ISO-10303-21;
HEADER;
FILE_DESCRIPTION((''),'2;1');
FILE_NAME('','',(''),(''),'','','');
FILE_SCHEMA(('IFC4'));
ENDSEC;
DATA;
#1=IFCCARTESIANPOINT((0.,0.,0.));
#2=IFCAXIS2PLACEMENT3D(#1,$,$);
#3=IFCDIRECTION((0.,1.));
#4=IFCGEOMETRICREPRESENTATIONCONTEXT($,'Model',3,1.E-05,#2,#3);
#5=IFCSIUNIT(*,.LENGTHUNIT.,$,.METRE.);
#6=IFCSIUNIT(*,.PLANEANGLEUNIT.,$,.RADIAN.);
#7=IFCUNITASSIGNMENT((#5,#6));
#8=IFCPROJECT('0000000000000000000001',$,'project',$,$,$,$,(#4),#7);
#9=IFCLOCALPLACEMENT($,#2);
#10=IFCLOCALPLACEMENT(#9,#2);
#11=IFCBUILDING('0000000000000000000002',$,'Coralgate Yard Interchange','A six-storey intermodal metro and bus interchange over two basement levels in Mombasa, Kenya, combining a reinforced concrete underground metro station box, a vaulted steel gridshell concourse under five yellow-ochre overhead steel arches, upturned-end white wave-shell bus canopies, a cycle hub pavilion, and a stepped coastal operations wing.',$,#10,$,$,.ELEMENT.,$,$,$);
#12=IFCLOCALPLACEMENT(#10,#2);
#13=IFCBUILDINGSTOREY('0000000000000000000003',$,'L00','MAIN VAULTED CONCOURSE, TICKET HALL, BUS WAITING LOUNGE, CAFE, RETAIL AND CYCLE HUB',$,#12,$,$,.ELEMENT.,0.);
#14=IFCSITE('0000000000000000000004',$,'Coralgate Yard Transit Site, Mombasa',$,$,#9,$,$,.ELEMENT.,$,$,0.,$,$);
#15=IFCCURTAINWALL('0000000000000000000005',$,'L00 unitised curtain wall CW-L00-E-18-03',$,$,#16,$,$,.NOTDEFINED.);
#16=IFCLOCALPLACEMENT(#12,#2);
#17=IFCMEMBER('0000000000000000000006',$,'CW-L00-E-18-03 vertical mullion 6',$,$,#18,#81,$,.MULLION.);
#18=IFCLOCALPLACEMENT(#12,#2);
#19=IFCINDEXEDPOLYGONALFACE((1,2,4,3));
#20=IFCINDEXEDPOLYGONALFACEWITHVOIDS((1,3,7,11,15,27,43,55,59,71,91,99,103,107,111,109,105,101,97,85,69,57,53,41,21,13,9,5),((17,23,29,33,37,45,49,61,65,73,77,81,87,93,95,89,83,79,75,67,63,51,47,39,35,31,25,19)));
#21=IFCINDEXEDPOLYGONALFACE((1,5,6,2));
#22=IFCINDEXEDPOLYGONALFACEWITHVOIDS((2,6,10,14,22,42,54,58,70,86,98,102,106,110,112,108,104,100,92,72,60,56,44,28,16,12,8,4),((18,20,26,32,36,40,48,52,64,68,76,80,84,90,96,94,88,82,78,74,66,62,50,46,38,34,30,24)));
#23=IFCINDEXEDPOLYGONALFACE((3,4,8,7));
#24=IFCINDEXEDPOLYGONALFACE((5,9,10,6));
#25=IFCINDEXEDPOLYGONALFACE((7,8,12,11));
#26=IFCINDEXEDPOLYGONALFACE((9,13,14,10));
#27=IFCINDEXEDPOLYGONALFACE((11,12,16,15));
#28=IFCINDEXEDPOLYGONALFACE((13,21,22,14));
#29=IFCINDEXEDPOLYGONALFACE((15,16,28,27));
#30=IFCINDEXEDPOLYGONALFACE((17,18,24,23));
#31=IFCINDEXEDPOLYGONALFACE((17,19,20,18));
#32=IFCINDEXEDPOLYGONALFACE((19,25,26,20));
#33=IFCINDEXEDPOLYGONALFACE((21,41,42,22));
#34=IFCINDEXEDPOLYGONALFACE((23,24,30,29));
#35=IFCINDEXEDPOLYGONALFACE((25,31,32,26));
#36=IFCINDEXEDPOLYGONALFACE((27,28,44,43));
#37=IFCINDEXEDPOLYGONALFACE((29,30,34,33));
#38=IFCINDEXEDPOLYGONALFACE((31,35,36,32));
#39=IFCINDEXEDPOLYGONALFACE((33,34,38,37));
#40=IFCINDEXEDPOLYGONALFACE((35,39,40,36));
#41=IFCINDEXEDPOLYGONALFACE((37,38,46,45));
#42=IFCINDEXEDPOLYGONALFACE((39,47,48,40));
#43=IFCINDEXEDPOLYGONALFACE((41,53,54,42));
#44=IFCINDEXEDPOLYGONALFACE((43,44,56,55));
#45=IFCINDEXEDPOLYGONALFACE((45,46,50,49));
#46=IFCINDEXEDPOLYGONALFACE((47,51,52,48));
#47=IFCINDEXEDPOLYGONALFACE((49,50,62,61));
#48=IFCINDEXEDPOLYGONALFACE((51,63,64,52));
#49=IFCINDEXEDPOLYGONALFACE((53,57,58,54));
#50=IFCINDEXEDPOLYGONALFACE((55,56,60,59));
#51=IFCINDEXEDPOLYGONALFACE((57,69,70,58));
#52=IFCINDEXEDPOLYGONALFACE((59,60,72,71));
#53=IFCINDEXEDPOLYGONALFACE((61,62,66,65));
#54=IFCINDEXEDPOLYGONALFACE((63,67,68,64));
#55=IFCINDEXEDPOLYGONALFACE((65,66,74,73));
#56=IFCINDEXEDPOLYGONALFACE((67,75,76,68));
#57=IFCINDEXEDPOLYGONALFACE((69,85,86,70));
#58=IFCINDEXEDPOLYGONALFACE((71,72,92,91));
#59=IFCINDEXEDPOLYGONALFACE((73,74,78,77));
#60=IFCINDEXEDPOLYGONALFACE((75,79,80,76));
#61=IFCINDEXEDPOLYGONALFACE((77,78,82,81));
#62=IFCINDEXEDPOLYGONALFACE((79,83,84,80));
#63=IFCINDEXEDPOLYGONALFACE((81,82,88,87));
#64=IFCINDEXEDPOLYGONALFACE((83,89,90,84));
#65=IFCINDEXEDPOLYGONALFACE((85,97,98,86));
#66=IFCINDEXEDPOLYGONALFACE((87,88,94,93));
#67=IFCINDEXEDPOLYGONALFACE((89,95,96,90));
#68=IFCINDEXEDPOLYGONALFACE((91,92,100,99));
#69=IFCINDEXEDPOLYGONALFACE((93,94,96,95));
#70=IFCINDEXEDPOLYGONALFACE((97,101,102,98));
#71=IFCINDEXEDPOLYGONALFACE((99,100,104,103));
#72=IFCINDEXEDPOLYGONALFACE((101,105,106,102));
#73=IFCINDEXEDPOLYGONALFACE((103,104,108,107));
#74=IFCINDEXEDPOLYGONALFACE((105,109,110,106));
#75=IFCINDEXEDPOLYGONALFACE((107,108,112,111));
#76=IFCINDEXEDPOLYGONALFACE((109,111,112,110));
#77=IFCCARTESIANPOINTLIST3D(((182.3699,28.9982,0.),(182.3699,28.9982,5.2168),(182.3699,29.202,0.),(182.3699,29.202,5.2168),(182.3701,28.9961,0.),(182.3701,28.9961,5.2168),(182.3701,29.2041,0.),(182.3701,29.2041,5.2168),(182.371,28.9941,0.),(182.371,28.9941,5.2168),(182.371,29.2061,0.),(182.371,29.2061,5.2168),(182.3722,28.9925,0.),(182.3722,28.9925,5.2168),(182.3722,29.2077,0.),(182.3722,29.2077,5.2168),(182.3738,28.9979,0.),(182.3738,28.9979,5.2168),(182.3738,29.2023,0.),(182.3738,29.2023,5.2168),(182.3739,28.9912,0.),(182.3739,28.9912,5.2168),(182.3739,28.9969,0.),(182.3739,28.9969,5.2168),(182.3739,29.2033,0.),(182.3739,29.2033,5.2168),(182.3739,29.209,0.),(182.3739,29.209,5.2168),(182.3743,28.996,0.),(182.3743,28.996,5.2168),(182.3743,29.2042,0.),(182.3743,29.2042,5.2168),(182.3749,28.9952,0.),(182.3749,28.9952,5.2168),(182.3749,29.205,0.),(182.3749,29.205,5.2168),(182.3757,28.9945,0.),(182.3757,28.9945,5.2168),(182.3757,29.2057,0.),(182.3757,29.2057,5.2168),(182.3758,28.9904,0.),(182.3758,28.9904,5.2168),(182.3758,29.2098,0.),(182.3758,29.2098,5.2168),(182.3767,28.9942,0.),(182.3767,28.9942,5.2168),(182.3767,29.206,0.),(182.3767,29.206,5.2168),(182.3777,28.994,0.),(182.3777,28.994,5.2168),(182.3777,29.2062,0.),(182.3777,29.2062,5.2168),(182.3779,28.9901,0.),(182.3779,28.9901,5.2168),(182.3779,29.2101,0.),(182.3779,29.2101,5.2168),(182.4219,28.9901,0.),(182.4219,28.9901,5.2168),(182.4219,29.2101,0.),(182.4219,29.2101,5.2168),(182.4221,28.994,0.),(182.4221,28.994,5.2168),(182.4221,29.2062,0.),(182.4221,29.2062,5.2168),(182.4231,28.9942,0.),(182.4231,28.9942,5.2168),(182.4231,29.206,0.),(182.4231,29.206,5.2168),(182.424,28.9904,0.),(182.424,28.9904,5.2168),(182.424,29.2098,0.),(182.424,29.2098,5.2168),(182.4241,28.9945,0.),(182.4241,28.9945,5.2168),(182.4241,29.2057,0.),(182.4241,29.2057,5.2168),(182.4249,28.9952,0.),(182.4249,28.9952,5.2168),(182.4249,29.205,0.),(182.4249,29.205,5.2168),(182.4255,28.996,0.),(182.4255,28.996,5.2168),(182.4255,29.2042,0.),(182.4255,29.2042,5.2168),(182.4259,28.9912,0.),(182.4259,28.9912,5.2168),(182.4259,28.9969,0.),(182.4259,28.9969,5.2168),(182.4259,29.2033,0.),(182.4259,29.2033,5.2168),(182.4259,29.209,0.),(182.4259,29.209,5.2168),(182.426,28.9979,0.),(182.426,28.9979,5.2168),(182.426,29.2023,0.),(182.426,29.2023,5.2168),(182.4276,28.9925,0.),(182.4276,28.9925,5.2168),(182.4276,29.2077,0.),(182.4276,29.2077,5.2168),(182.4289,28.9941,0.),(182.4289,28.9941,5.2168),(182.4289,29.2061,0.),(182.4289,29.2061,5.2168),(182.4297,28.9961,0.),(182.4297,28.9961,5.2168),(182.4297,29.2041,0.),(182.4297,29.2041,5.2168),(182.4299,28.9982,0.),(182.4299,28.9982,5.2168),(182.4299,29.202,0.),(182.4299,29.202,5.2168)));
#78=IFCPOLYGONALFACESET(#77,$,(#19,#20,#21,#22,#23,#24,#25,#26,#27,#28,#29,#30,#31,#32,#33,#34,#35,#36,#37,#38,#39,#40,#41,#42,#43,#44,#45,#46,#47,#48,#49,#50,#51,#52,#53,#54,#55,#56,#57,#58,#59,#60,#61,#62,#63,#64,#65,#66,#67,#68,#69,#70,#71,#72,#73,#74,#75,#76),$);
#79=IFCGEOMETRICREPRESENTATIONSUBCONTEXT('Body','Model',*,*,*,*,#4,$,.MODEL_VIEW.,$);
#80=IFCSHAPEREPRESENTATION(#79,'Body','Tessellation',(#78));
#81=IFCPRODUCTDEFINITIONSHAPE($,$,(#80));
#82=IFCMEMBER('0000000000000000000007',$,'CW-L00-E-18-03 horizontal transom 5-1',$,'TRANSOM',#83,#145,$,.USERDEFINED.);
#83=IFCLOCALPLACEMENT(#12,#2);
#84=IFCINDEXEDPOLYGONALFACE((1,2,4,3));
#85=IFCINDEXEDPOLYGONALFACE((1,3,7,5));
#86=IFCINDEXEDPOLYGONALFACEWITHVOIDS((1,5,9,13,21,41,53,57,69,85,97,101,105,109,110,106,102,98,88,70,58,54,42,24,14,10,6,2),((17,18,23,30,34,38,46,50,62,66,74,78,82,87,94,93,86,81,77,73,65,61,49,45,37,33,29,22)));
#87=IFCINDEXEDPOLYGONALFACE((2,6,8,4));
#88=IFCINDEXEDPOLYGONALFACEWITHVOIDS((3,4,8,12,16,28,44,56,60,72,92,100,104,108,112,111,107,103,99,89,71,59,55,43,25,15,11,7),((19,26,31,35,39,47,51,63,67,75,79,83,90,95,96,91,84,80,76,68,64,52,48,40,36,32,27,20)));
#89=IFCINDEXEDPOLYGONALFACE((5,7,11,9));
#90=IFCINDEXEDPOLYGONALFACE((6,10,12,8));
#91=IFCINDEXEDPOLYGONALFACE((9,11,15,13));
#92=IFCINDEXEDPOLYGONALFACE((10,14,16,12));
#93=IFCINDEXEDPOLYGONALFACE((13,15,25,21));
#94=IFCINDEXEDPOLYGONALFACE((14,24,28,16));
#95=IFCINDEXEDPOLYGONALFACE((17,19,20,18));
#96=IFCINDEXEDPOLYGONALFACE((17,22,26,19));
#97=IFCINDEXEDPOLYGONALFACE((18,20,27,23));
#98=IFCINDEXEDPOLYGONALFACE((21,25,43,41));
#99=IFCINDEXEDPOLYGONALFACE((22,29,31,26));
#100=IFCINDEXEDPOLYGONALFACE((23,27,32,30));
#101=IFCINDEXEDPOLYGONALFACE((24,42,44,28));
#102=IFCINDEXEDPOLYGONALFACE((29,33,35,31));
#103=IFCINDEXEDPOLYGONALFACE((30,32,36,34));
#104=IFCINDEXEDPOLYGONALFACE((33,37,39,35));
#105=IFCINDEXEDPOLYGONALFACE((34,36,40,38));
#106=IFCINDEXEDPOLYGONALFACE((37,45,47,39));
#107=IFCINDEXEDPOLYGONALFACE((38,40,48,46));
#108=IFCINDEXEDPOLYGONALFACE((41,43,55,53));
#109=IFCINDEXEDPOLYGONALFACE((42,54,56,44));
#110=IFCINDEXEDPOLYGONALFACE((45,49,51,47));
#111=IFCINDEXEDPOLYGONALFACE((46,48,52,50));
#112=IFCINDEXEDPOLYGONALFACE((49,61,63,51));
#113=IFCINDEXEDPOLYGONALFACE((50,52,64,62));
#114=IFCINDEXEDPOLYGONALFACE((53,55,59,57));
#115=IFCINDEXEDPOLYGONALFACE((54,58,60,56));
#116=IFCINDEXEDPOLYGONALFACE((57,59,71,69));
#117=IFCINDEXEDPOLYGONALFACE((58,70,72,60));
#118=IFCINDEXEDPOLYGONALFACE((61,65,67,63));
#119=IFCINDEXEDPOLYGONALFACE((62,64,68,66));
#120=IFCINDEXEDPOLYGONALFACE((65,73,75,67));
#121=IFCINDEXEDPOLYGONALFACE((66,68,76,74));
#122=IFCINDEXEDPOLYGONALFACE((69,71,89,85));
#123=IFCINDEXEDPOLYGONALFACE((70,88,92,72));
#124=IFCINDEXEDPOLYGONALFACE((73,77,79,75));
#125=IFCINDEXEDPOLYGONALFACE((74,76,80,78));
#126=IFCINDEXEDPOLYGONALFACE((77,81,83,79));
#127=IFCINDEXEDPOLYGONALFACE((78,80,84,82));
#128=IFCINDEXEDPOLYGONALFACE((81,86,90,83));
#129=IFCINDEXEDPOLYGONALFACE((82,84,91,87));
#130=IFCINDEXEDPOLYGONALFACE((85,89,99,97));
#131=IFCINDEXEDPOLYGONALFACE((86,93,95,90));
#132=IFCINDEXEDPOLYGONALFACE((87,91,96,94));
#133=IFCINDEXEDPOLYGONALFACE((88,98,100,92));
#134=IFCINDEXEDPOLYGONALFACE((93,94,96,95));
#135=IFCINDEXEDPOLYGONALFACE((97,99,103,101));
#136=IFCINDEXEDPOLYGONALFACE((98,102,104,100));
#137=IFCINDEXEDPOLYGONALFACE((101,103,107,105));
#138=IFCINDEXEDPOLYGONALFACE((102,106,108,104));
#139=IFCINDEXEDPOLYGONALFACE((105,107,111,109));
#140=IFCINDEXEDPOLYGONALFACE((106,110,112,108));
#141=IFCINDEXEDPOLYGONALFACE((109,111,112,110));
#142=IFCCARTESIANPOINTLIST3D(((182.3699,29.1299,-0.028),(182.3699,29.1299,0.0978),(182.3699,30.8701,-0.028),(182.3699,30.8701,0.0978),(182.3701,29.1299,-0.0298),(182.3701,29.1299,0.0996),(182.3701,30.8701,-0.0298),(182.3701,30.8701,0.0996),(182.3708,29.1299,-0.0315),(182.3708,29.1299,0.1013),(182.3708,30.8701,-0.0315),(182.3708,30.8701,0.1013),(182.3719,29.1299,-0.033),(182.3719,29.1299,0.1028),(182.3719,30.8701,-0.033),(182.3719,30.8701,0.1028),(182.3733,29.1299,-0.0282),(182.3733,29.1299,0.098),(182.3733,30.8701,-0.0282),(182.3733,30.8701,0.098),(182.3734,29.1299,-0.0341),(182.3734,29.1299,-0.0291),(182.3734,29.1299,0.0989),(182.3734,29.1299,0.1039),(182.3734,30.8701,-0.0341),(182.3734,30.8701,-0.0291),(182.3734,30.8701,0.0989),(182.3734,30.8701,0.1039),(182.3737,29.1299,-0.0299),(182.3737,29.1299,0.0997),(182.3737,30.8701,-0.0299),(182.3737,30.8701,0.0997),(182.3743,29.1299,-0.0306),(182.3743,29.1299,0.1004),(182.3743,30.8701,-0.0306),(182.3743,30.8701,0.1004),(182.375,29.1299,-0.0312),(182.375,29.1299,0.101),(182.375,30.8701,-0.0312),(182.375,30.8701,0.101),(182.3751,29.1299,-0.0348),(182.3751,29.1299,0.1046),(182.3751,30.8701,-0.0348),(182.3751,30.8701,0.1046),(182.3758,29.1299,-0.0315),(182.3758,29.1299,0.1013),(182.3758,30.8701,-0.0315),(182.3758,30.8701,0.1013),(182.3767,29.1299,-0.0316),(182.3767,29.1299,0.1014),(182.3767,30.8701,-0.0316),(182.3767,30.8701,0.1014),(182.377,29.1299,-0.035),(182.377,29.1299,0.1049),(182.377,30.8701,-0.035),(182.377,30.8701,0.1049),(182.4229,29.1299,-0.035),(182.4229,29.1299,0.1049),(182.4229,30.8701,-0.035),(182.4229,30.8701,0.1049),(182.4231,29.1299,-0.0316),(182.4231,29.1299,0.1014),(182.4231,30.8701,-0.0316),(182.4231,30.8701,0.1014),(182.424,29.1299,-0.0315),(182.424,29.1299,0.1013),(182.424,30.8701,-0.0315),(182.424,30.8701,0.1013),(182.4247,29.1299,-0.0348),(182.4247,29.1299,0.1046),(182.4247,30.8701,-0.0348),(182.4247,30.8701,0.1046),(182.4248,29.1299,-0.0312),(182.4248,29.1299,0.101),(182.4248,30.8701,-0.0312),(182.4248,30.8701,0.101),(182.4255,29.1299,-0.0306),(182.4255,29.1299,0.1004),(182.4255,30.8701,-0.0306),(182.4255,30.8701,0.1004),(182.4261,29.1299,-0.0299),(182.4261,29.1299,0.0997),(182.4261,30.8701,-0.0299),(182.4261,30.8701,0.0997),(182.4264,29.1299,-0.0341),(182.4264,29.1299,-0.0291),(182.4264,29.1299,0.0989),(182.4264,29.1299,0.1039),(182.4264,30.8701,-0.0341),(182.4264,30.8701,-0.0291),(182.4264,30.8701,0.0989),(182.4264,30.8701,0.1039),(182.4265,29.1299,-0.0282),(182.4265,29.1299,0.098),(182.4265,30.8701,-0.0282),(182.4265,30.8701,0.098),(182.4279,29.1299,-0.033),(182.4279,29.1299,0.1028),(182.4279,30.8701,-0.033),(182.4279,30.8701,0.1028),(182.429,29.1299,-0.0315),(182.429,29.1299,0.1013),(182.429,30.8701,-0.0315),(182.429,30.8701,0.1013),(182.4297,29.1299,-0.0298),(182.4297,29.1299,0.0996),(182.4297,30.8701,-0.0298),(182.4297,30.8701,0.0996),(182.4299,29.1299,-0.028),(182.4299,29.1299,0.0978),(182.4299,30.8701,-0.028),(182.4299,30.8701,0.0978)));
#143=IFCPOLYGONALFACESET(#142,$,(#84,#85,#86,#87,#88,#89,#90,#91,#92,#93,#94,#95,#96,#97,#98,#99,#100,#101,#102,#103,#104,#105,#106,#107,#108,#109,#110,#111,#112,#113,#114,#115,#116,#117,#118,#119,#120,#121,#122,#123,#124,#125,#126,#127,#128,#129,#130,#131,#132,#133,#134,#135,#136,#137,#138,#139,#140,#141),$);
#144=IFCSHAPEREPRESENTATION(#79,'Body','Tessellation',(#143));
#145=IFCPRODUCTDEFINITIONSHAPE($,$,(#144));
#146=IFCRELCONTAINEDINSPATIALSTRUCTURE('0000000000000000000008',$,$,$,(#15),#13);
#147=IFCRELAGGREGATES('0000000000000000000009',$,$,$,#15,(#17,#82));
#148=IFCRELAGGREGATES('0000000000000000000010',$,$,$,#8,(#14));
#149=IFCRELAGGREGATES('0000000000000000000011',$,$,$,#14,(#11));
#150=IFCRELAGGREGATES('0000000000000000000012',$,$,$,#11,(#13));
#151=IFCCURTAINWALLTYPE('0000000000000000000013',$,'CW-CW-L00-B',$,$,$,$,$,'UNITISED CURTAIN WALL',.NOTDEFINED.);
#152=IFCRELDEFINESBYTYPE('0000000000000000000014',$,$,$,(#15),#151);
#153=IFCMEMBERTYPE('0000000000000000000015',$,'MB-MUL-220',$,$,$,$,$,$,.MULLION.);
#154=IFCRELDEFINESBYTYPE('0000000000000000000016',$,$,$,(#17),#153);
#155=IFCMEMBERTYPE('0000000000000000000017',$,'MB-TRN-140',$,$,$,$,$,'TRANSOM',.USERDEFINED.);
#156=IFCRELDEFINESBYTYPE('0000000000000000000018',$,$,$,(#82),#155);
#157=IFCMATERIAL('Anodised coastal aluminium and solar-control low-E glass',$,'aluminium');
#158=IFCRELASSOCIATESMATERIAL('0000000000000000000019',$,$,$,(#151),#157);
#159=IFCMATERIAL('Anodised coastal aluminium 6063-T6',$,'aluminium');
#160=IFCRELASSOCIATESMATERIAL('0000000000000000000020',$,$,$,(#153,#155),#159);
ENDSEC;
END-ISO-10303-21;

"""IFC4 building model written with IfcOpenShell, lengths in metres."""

from ifc_helpers import new_model, si_unit, direction, frame, origin, origin_2d, place, context, subcontext, project, spatial, hollow_rectangle, extrude, material, material_profile, profile_set, type_object, element, aggregate, save


model = new_model("IFC4")

# Units and contexts
model_context = context("Model", 3, precision=1e-05, world=origin(), true_north=direction((0.0, 1.0)))
body_context = subcontext(model_context, "Body", "Model", "MODEL_VIEW")
ifc_project = project(units=[si_unit("LENGTHUNIT", "METRE"), si_unit("PLANEANGLEUNIT", "RADIAN")], contexts=[model_context])

# Site, building, storey
site_placement = place(None, origin())
site = spatial("IfcSite", under=ifc_project, at=site_placement, Name="Coralgate Yard Transit Site, Mombasa", CompositionType="ELEMENT", RefElevation=0.0)
building_placement = place(site_placement, origin())
building = spatial("IfcBuilding", under=site, at=building_placement, Name="Coralgate Yard Interchange", Description="A six-storey intermodal metro and bus interchange over two basement levels in Mombasa, Kenya, combining a reinforced concrete underground metro station box, a vaulted steel gridshell concourse under five yellow-ochre overhead steel arches, upturned-end white wave-shell bus canopies, a cycle hub pavilion, and a stepped coastal operations wing.", CompositionType="ELEMENT")
storey_placement = place(building_placement, origin())
storey = spatial("IfcBuildingStorey", under=building, at=storey_placement, Name="L00", Description="MAIN VAULTED CONCOURSE, TICKET HALL, BUS WAITING LOUNGE, CAFE, RETAIL AND CYCLE HUB", CompositionType="ELEMENT", Elevation=0.0)

# Curtain wall, members
ifc_material_1 = material(Name="Anodised coastal aluminium and solar-control low-E glass", Category="aluminium")
curtain_wall_type = type_object("IfcCurtainWallType", Name="CW-CW-L00-B", ElementType="UNITISED CURTAIN WALL", PredefinedType="NOTDEFINED", material=ifc_material_1)
curtain_wall_placement = place(storey_placement, origin())
curtain_wall = element("IfcCurtainWall", 1, at=curtain_wall_placement, inside=storey, type_object=curtain_wall_type, Name="L00 unitised curtain wall CW-L00-E-18-03", PredefinedType="NOTDEFINED")
ifc_material_2 = material(Name="Anodised coastal aluminium 6063-T6", Category="aluminium")
ifc_material_profile_1 = material_profile(ifc_material_2, hollow_rectangle(XDim=0.0601, YDim=0.22, WallThickness=0.0039, InnerFilletRadius=0.0039, OuterFilletRadius=0.0081, at=origin_2d()), Name="ALU 60x220x4")
ifc_profile_set_1 = profile_set([ifc_material_profile_1], Name="Anodised coastal aluminium 6063-T6")
member_type_1 = type_object("IfcMemberType", Name="MB-MUL-220", PredefinedType="MULLION", material=ifc_profile_set_1)
member_1_placement = place(storey_placement, frame((182.3999, 29.1001, 0.0), z_axis=(0.0, 0.0, 1.0), x_axis=(1.0, 0.0, 0.0)))
member_1 = element("IfcMember", 2, at=member_1_placement, type_object=member_type_1, Name="CW-L00-E-18-03 vertical mullion 6", PredefinedType="MULLION", context=body_context, shape_type="SweptSolid", body=[
    extrude(hollow_rectangle(XDim=0.0601, YDim=0.22, WallThickness=0.0039, InnerFilletRadius=0.0039, OuterFilletRadius=0.0081, at=origin_2d()), origin(), (0.0, 0.0, 1.0), 5.2168),
])
ifc_material_profile_2 = material_profile(ifc_material_2, hollow_rectangle(XDim=0.0601, YDim=0.1399, WallThickness=0.0034, InnerFilletRadius=0.0034, OuterFilletRadius=0.0071, at=origin_2d()), Name="ALU 60x140x3.5")
ifc_profile_set_2 = profile_set([ifc_material_profile_2], Name="Anodised coastal aluminium 6063-T6")
member_type_2 = type_object("IfcMemberType", Name="MB-TRN-140", ElementType="TRANSOM", PredefinedType="USERDEFINED", material=ifc_profile_set_2)
member_2_placement = place(storey_placement, frame((182.3999, 30.8701, 0.0349), z_axis=(0.0, -1.0, 0.0), x_axis=(1.0, 0.0, 0.0)))
member_2 = element("IfcMember", 3, at=member_2_placement, type_object=member_type_2, Name="CW-L00-E-18-03 horizontal transom 5-1", ObjectType="TRANSOM", PredefinedType="USERDEFINED", context=body_context, shape_type="SweptSolid", body=[
    extrude(hollow_rectangle(XDim=0.0601, YDim=0.1399, WallThickness=0.0034, InnerFilletRadius=0.0034, OuterFilletRadius=0.0071, at=origin_2d()), origin(), (0.0, 0.0, 1.0), 1.7402),
])
aggregate(curtain_wall, [member_1, member_2])

save(model, "model.ifc")
